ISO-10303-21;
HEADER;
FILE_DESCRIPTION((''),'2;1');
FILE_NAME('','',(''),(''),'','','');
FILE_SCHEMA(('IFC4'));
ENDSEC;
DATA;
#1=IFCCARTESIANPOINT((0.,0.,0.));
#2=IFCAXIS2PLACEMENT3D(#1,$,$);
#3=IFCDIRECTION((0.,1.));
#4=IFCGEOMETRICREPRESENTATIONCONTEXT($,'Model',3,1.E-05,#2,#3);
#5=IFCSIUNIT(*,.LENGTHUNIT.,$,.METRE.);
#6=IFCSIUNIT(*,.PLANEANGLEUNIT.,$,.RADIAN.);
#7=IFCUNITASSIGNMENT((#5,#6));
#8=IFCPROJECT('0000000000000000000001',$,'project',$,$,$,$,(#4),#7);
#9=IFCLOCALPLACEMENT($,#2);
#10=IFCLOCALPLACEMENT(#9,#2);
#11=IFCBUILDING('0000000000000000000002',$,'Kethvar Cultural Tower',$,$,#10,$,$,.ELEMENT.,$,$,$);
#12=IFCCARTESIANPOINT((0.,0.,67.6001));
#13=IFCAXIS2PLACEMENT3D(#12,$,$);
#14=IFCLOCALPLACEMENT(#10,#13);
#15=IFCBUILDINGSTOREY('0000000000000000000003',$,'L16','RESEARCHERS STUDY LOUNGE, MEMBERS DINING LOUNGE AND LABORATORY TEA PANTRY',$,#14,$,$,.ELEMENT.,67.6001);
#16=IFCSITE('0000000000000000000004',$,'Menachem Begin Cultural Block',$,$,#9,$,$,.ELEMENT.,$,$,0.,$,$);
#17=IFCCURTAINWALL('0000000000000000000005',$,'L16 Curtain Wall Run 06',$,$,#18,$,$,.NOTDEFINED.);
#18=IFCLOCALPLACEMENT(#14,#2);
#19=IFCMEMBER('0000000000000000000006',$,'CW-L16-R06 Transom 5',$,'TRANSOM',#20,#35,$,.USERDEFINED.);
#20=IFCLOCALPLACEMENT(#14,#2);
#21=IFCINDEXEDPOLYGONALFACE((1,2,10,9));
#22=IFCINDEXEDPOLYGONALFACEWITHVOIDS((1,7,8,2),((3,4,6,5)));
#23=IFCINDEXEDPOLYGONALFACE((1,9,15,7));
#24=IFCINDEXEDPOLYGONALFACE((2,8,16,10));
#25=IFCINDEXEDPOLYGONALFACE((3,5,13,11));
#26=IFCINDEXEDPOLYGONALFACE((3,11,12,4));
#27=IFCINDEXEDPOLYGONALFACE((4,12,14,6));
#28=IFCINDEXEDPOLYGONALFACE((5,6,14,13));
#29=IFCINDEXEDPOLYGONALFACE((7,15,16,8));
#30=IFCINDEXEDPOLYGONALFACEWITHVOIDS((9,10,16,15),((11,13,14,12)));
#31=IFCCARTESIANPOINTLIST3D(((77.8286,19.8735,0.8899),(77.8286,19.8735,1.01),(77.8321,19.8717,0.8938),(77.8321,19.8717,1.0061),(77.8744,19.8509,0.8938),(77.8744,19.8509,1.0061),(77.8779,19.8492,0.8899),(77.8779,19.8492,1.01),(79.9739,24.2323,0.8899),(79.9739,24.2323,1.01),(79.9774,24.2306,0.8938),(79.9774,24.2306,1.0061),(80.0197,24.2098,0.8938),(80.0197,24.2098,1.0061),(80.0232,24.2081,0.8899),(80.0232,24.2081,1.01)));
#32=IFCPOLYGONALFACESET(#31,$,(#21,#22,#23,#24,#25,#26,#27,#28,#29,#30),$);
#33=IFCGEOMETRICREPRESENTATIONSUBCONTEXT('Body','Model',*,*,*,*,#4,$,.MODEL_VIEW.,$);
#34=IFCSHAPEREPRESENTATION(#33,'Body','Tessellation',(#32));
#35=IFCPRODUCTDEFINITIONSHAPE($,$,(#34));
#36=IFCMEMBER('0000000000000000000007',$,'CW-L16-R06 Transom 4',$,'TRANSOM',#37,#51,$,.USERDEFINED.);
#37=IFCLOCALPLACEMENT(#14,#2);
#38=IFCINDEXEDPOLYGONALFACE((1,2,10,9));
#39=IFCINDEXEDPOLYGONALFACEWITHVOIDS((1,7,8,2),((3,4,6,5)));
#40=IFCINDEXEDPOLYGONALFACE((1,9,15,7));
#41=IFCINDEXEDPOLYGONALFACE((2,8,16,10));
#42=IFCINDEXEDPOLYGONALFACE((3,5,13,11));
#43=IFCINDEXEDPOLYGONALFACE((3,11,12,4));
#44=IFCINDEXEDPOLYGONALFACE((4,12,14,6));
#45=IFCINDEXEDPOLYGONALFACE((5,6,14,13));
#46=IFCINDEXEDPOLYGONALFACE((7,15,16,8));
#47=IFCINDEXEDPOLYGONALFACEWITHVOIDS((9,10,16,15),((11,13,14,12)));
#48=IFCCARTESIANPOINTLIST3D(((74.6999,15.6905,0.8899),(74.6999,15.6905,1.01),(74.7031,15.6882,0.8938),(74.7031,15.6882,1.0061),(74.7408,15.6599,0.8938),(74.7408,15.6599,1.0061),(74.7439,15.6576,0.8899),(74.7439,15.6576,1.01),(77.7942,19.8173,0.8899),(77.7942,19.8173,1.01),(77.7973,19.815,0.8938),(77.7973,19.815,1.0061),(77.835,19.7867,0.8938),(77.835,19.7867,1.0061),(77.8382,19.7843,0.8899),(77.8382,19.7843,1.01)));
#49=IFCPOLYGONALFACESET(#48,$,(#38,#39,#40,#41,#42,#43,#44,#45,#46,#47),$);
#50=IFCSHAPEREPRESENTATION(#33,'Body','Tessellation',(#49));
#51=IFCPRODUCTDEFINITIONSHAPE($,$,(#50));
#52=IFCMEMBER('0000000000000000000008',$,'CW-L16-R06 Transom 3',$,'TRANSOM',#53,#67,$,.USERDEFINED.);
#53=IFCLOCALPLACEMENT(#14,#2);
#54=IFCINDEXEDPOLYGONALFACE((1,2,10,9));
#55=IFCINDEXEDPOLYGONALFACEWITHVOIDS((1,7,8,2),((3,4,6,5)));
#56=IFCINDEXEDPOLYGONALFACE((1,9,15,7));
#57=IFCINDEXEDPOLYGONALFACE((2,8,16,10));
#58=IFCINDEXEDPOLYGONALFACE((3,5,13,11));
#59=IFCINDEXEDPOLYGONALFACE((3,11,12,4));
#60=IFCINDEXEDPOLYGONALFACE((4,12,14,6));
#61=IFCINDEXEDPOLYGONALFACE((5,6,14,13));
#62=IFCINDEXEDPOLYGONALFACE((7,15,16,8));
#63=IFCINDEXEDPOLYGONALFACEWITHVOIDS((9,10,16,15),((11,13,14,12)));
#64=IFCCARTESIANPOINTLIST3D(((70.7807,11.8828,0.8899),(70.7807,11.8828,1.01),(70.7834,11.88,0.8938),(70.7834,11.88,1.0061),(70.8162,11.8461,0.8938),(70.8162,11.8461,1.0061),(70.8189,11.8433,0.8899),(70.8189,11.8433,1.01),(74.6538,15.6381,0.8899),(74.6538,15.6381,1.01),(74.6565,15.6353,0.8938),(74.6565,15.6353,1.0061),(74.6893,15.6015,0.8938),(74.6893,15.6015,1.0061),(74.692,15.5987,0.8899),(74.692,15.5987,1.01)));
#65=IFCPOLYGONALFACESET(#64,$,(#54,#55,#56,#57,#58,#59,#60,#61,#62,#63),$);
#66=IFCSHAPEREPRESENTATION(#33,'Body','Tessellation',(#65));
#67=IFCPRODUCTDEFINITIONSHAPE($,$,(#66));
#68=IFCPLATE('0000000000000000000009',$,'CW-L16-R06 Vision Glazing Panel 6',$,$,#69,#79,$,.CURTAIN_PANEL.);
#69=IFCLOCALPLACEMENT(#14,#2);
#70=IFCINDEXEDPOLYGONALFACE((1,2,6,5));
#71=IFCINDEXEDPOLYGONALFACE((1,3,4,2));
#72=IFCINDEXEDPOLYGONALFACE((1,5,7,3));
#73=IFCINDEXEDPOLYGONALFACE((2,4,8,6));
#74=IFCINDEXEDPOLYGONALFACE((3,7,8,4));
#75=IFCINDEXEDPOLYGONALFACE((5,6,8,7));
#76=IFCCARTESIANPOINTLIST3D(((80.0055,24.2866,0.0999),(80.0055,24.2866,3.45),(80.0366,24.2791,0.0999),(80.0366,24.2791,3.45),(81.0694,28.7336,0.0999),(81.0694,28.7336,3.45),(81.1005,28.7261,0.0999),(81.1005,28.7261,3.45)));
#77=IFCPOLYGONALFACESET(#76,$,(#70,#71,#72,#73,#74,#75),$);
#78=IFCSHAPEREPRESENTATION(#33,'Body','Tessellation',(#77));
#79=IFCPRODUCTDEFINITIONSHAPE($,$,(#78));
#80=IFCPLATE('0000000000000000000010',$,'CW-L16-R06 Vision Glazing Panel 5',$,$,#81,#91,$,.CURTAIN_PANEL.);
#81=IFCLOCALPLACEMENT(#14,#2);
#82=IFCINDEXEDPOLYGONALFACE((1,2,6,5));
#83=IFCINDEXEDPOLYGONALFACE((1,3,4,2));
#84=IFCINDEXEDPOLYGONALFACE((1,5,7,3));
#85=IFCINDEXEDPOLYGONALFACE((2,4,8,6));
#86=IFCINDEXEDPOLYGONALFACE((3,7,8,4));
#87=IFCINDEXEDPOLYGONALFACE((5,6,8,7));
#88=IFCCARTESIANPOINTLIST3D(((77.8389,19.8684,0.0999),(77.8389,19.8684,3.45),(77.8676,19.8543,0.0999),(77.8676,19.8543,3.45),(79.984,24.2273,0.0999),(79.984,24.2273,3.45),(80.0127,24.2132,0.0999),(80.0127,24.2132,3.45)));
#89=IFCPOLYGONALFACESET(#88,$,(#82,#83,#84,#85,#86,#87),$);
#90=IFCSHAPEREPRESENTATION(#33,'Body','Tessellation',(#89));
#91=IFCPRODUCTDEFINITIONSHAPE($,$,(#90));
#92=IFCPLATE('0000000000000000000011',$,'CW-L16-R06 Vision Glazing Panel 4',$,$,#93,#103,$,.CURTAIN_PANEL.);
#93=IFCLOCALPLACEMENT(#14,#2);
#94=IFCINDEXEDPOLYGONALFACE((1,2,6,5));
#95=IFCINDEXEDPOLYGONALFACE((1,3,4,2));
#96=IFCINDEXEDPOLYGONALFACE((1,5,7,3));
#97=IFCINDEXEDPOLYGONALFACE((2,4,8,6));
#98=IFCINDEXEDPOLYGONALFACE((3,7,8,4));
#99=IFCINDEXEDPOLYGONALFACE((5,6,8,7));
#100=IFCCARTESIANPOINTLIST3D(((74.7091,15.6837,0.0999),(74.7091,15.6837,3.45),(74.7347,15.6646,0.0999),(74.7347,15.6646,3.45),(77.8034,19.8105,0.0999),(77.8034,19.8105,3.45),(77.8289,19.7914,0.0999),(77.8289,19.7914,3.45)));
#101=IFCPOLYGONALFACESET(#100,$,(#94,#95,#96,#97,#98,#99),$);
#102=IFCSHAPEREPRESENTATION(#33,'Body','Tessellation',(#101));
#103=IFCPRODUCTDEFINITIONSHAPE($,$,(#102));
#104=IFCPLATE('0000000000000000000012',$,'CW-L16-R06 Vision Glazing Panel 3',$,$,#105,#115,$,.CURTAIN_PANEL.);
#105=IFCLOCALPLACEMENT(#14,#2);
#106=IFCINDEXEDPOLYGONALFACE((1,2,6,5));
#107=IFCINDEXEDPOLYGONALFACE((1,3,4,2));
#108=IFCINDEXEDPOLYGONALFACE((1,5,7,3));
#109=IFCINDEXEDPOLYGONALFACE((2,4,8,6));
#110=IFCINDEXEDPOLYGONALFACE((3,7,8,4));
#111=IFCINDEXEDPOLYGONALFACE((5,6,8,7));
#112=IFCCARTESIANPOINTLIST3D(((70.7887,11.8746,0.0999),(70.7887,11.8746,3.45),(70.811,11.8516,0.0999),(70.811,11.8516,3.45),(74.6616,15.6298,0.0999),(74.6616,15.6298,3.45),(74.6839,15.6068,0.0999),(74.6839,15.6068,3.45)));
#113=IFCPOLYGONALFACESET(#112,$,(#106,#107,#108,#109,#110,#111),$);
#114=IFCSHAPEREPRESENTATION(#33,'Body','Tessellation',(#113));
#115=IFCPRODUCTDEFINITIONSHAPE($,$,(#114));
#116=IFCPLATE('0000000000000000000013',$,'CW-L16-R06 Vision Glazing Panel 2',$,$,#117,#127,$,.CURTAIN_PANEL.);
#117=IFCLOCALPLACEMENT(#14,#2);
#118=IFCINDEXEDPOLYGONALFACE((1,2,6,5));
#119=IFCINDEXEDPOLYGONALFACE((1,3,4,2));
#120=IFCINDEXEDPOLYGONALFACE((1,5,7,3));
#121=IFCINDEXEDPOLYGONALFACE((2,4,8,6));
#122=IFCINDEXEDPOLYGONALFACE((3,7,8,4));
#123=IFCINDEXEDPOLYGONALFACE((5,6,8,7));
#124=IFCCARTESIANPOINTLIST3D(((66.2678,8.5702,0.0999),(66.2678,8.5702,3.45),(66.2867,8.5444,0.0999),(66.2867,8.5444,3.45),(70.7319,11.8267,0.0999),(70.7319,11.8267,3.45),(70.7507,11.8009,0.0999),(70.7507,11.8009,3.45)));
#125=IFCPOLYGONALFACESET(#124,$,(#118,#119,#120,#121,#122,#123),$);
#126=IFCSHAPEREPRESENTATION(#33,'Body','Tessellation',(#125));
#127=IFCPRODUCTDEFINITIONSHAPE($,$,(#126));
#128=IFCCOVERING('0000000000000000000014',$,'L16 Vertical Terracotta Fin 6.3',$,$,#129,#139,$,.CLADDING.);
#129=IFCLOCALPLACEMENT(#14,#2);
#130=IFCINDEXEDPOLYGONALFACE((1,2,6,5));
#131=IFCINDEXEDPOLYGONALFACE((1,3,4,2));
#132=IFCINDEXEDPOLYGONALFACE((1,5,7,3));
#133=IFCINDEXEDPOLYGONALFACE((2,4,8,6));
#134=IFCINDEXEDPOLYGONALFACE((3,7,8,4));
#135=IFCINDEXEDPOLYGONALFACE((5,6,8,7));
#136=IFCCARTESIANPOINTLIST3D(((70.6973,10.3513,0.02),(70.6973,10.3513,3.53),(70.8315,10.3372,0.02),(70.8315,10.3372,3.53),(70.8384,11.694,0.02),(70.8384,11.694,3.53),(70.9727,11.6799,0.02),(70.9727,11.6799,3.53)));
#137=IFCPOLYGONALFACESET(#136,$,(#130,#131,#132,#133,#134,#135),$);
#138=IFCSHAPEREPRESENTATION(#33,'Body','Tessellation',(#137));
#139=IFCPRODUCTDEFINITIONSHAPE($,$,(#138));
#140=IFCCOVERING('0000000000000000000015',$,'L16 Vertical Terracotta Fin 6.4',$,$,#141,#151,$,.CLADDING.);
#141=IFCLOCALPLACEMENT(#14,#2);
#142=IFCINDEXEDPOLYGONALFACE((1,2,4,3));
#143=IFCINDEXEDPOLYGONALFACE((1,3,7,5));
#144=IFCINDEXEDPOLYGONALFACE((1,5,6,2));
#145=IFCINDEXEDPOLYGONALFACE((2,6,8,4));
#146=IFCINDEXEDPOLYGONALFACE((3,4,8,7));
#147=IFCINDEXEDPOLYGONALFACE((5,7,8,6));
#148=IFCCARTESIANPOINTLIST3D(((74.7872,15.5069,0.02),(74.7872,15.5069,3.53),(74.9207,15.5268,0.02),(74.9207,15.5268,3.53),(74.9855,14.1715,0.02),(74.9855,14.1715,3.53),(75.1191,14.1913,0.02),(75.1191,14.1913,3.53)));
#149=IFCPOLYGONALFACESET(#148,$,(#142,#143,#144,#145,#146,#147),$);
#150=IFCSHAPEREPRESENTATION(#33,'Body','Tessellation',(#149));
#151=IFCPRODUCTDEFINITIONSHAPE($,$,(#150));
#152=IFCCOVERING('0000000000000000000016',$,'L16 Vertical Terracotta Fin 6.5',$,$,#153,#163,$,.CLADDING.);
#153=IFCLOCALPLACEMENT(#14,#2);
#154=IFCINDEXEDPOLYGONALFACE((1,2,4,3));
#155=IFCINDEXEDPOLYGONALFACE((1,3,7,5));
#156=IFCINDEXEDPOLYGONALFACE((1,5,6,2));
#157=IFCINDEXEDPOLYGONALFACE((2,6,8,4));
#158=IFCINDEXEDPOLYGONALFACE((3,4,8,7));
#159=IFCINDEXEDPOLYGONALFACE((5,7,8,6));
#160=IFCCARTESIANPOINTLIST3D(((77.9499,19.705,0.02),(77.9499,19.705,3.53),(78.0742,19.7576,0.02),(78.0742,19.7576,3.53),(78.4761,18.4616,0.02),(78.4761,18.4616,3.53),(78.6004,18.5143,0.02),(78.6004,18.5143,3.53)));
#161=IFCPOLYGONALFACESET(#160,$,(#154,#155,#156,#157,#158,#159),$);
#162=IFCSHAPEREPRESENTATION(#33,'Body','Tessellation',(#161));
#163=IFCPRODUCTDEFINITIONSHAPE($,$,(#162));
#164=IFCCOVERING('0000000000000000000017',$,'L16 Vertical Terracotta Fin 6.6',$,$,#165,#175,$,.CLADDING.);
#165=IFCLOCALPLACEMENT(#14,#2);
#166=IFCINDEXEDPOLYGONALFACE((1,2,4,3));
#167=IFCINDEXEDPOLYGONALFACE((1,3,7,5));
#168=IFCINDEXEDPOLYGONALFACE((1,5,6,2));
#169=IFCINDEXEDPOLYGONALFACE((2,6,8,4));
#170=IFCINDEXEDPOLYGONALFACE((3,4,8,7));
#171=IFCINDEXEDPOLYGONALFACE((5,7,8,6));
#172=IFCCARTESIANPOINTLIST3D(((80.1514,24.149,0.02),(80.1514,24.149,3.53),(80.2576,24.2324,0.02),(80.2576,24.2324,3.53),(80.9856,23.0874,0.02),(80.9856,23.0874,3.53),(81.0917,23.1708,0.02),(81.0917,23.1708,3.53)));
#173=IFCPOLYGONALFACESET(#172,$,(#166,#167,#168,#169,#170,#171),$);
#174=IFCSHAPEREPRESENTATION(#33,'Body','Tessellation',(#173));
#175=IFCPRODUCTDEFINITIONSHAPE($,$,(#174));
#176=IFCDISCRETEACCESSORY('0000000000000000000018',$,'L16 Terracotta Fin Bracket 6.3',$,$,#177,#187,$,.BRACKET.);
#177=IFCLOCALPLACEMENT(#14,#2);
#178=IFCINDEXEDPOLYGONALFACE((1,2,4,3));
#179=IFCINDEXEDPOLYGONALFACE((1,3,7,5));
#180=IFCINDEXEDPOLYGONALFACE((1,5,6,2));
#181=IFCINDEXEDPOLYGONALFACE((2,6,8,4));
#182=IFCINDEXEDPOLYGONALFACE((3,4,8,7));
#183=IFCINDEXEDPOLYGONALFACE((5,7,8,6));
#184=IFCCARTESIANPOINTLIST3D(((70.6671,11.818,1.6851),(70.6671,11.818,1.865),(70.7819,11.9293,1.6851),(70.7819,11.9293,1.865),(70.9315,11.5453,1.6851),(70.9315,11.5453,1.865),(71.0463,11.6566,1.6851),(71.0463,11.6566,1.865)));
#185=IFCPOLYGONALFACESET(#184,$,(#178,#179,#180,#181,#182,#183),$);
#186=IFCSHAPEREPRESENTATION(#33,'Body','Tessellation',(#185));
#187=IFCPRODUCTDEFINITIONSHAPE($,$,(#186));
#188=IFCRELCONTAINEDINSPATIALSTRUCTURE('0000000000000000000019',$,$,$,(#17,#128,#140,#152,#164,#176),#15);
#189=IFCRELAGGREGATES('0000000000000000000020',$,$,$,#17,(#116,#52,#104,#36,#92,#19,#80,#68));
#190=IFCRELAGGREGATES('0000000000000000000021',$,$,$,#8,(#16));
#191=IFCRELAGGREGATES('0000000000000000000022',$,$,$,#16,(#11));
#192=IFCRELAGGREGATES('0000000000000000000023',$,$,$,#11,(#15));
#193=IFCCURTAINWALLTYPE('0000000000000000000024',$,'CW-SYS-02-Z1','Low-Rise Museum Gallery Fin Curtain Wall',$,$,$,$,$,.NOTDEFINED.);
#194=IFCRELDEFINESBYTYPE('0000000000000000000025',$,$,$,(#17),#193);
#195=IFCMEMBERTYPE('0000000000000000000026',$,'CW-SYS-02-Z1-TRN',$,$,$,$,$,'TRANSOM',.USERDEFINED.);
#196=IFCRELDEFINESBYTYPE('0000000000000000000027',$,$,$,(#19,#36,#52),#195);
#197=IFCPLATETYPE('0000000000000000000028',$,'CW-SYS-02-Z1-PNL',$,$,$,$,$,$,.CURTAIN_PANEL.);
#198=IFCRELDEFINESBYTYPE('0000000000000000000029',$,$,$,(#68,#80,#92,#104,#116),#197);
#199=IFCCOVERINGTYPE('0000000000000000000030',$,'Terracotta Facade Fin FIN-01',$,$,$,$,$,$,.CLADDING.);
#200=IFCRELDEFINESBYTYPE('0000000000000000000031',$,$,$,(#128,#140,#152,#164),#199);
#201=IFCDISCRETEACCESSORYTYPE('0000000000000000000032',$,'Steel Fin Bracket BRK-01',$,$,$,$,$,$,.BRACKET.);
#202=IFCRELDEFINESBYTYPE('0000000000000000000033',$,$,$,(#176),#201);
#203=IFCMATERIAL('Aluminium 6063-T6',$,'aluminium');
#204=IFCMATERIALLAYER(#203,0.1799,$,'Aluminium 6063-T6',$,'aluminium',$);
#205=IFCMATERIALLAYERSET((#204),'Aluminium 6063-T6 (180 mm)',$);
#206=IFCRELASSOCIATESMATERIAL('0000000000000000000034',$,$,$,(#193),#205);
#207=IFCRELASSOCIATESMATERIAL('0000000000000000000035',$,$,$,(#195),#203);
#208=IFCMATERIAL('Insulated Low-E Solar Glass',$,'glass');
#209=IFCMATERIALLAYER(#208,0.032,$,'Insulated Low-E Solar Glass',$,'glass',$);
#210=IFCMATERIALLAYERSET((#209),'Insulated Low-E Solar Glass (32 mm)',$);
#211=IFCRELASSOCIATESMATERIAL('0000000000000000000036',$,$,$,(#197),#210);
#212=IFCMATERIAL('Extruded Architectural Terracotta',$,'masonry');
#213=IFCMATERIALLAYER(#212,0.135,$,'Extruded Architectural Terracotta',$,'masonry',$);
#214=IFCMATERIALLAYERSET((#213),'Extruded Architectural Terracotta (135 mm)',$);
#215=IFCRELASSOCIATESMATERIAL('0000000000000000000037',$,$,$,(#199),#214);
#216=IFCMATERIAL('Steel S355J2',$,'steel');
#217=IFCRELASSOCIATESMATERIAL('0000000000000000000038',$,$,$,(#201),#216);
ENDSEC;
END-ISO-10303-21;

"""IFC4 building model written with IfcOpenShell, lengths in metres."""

from ifc_helpers import new_model, si_unit, direction, frame, origin, origin_2d, place, context, subcontext, project, spatial, rectangle, hollow_rectangle, extrude, source, transform, mapped, material, layer, layer_set, material_profile, profile_set, type_object, element, aggregate, save


model = new_model("IFC4")

# Units and contexts
model_context = context("Model", 3, precision=1e-05, world=origin(), true_north=direction((0.0, 1.0)))
body_context = subcontext(model_context, "Body", "Model", "MODEL_VIEW")
ifc_project = project(units=[si_unit("LENGTHUNIT", "METRE"), si_unit("PLANEANGLEUNIT", "RADIAN")], contexts=[model_context])

# Site, building, storey
site_placement = place(None, origin())
site = spatial("IfcSite", under=ifc_project, at=site_placement, Name="Menachem Begin Cultural Block", CompositionType="ELEMENT", RefElevation=0.0)
building_placement = place(site_placement, origin())
building = spatial("IfcBuilding", under=site, at=building_placement, Name="Kethvar Cultural Tower", CompositionType="ELEMENT")
storey_placement = place(building_placement, frame((0.0, 0.0, 67.6001)))
storey = spatial("IfcBuildingStorey", under=building, at=storey_placement, Name="L16", Description="RESEARCHERS STUDY LOUNGE, MEMBERS DINING LOUNGE AND LABORATORY TEA PANTRY", CompositionType="ELEMENT", Elevation=67.6001)

# Shared definitions
ifc_material_1 = material(Name="Steel S355J2", Category="steel")

# Curtain wall, members, plates
ifc_material_2 = material(Name="Aluminium 6063-T6", Category="aluminium")
ifc_layer_1 = layer(ifc_material_2, 0.1799, Name="Aluminium 6063-T6", Category="aluminium")
ifc_layer_set_1 = layer_set([ifc_layer_1], Name="Aluminium 6063-T6 (180 mm)")
curtain_wall_type = type_object("IfcCurtainWallType", Name="CW-SYS-02-Z1", Description="Low-Rise Museum Gallery Fin Curtain Wall", PredefinedType="NOTDEFINED", material=ifc_layer_set_1)
curtain_wall_placement = place(storey_placement, origin())
curtain_wall = element("IfcCurtainWall", 1, at=curtain_wall_placement, inside=storey, type_object=curtain_wall_type, Name="L16 Curtain Wall Run 06", PredefinedType="NOTDEFINED")
ifc_material_profile_1 = material_profile(ifc_material_2, hollow_rectangle(XDim=0.0549, YDim=0.1201, WallThickness=0.0039, at=origin_2d()), Name="Aluminium 6063-T6 — RHS120x55x4")
ifc_profile_set_1 = profile_set([ifc_material_profile_1], Name="Aluminium 6063-T6 — RHS120x55x4")
member_type_1 = type_object("IfcMemberType", Name="CW-SYS-02-Z1-TRN", ElementType="TRANSOM", PredefinedType="USERDEFINED", material=ifc_profile_set_1)
shared_shape_1 = source(origin(), body_context, "Body", "SweptSolid", [
    extrude(hollow_rectangle(XDim=0.0549, YDim=0.1201, WallThickness=0.0039, at=origin_2d()), origin(), (0.0, 0.0, 1.0), 4.8582),
])
member_1_placement = place(storey_placement, frame((77.8533, 19.8613, 0.95), z_axis=(0.441576, 0.897224, 0.0), x_axis=(-0.897224, 0.441576, 0.0)))
member_1 = element("IfcMember", 2, at=member_1_placement, type_object=member_type_1, Name="CW-L16-R06 Transom 5", ObjectType="TRANSOM", PredefinedType="USERDEFINED", context=body_context, shape_type="MappedRepresentation", body=[
    mapped(shared_shape_1, transform((0.0, 0.0, 0.0), scale=1.0)),
])
shared_shape_2 = source(origin(), body_context, "Body", "SweptSolid", [
    extrude(hollow_rectangle(XDim=0.0549, YDim=0.1201, WallThickness=0.0039, at=origin_2d()), origin(), (0.0, 0.0, 1.0), 5.158),
])
member_2_placement = place(storey_placement, frame((74.7219, 15.6741, 0.95), z_axis=(0.599902, 0.800074, 0.0), x_axis=(-0.800074, 0.599902, 0.0)))
member_2 = element("IfcMember", 3, at=member_2_placement, type_object=member_type_1, Name="CW-L16-R06 Transom 4", ObjectType="TRANSOM", PredefinedType="USERDEFINED", context=body_context, shape_type="MappedRepresentation", body=[
    mapped(shared_shape_2, transform((0.0, 0.0, 0.0), scale=1.0)),
])
shared_shape_3 = source(origin(), body_context, "Body", "SweptSolid", [
    extrude(hollow_rectangle(XDim=0.0549, YDim=0.1201, WallThickness=0.0039, at=origin_2d()), origin(), (0.0, 0.0, 1.0), 5.3948),
])
member_3_placement = place(storey_placement, frame((70.7998, 11.863, 0.95), z_axis=(0.717929, 0.696116, 0.0), x_axis=(-0.696116, 0.717929, 0.0)))
member_3 = element("IfcMember", 4, at=member_3_placement, type_object=member_type_1, Name="CW-L16-R06 Transom 3", ObjectType="TRANSOM", PredefinedType="USERDEFINED", context=body_context, shape_type="MappedRepresentation", body=[
    mapped(shared_shape_3, transform((0.0, 0.0, 0.0), scale=1.0)),
])
ifc_material_3 = material(Name="Insulated Low-E Solar Glass", Category="glass")
ifc_layer_2 = layer(ifc_material_3, 0.032, Name="Insulated Low-E Solar Glass", Category="glass")
ifc_layer_set_2 = layer_set([ifc_layer_2], Name="Insulated Low-E Solar Glass (32 mm)")
plate_type = type_object("IfcPlateType", Name="CW-SYS-02-Z1-PNL", PredefinedType="CURTAIN_PANEL", material=ifc_layer_set_2)
shared_shape_4 = source(origin(), body_context, "Body", "SweptSolid", [
    extrude(rectangle(XDim=4.5725, YDim=0.032, at=origin_2d()), origin(), (0.0, 0.0, 1.0), 3.3501),
])
plate_1_placement = place(storey_placement, frame((80.553, 26.5063, 0.0999), z_axis=(0.0, 0.0, 1.0), x_axis=(0.232682, 0.972553, 0.0)))
plate_1 = element("IfcPlate", 5, at=plate_1_placement, type_object=plate_type, Name="CW-L16-R06 Vision Glazing Panel 6", PredefinedType="CURTAIN_PANEL", context=body_context, shape_type="MappedRepresentation", body=[
    mapped(shared_shape_4, transform((0.0, 0.0, 0.0), scale=1.0)),
])
shared_shape_5 = source(origin(), body_context, "Body", "SweptSolid", [
    extrude(rectangle(XDim=4.8582, YDim=0.032, at=origin_2d()), origin(), (0.0, 0.0, 1.0), 3.3501),
])
plate_2_placement = place(storey_placement, frame((78.9258, 22.0408, 0.0999), z_axis=(0.0, 0.0, 1.0), x_axis=(0.441553, 0.897235, 0.0)))
plate_2 = element("IfcPlate", 6, at=plate_2_placement, type_object=plate_type, Name="CW-L16-R06 Vision Glazing Panel 5", PredefinedType="CURTAIN_PANEL", context=body_context, shape_type="MappedRepresentation", body=[
    mapped(shared_shape_5, transform((0.0, 0.0, 0.0), scale=1.0)),
])
shared_shape_6 = source(origin(), body_context, "Body", "SweptSolid", [
    extrude(rectangle(XDim=5.158, YDim=0.032, at=origin_2d()), origin(), (0.0, 0.0, 1.0), 3.3501),
])
plate_3_placement = place(storey_placement, frame((76.269, 17.7375, 0.0999), z_axis=(0.0, 0.0, 1.0), x_axis=(0.59989, 0.800083, 0.0)))
plate_3 = element("IfcPlate", 7, at=plate_3_placement, type_object=plate_type, Name="CW-L16-R06 Vision Glazing Panel 4", PredefinedType="CURTAIN_PANEL", context=body_context, shape_type="MappedRepresentation", body=[
    mapped(shared_shape_6, transform((0.0, 0.0, 0.0), scale=1.0)),
])
shared_shape_7 = source(origin(), body_context, "Body", "SweptSolid", [
    extrude(rectangle(XDim=5.3945, YDim=0.032, at=origin_2d()), origin(), (0.0, 0.0, 1.0), 3.3501),
])
plate_4_placement = place(storey_placement, frame((72.7363, 13.7407, 0.0999), z_axis=(0.0, 0.0, 1.0), x_axis=(0.717932, 0.696113, 0.0)))
plate_4 = element("IfcPlate", 8, at=plate_4_placement, type_object=plate_type, Name="CW-L16-R06 Vision Glazing Panel 3", PredefinedType="CURTAIN_PANEL", context=body_context, shape_type="MappedRepresentation", body=[
    mapped(shared_shape_7, transform((0.0, 0.0, 0.0), scale=1.0)),
])
shared_shape_8 = source(origin(), body_context, "Body", "SweptSolid", [
    extrude(rectangle(XDim=5.5256, YDim=0.032, at=origin_2d()), origin(), (0.0, 0.0, 1.0), 3.3501),
])
plate_5_placement = place(storey_placement, frame((68.5093, 10.1855, 0.0999), z_axis=(0.0, 0.0, 1.0), x_axis=(0.807877, 0.589351, 0.0)))
plate_5 = element("IfcPlate", 9, at=plate_5_placement, type_object=plate_type, Name="CW-L16-R06 Vision Glazing Panel 2", PredefinedType="CURTAIN_PANEL", context=body_context, shape_type="MappedRepresentation", body=[
    mapped(shared_shape_8, transform((0.0, 0.0, 0.0), scale=1.0)),
])
aggregate(curtain_wall, [plate_5, member_3, plate_4, member_2, plate_3, member_1, plate_2, plate_1])

# Coverings
ifc_material_4 = material(Name="Extruded Architectural Terracotta", Category="masonry")
ifc_layer_3 = layer(ifc_material_4, 0.135, Name="Extruded Architectural Terracotta", Category="masonry")
ifc_layer_set_3 = layer_set([ifc_layer_3], Name="Extruded Architectural Terracotta (135 mm)")
covering_type = type_object("IfcCoveringType", Name="Terracotta Facade Fin FIN-01", PredefinedType="CLADDING", material=ifc_layer_set_3)
shared_shape_9 = source(origin(), body_context, "Body", "SweptSolid", [
    extrude(rectangle(XDim=1.3501, YDim=0.135, at=origin_2d()), origin(), (0.0, 0.0, 1.0), 3.51),
])
for number, where, z_axis, x_axis, name in (
    (10, (70.835, 11.0156, 0.02), (0.0, 0.0, 1.0), (-0.104528, -0.994522, 0.0), "L16 Vertical Terracotta Fin 6.3"),
    (11, (74.9531, 14.8491, 0.02), (0.0, 0.0, 1.0), (0.146946, -0.989144, 0.0), "L16 Vertical Terracotta Fin 6.4"),
    (12, (78.2751, 19.1096, 0.02), (0.0, 0.0, 1.0), (0.389767, -0.920914, 0.0), "L16 Vertical Terracotta Fin 6.5"),
    (13, (80.6216, 23.6599, 0.02), (0.0, 0.0, 1.0), (0.61786, -0.786288, 0.0), "L16 Vertical Terracotta Fin 6.6"),
):
    element("IfcCovering", number, at=place(storey_placement, frame(where, z_axis=z_axis, x_axis=x_axis)), inside=storey, type_object=covering_type, Name=name, PredefinedType="CLADDING", context=body_context, shape_type="MappedRepresentation", body=[
        mapped(shared_shape_9, transform((0.0, 0.0, 0.0), scale=1.0)),
    ])

# Discrete accessory
discrete_accessory_type = type_object("IfcDiscreteAccessoryType", Name="Steel Fin Bracket BRK-01", PredefinedType="BRACKET", material=ifc_material_1)
shared_shape_10 = source(origin(), body_context, "Body", "SweptSolid", [
    extrude(rectangle(XDim=0.3799, YDim=0.1599, at=origin_2d()), origin(), (0.0, 0.0, 1.0), 0.1799),
])
for number, where, z_axis, x_axis, name in (
    (14, (70.8567, 11.7373, 1.6851), (0.0, 0.0, 1.0), (0.696163, -0.717883, 0.0), "L16 Terracotta Fin Bracket 6.3"),
):
    element("IfcDiscreteAccessory", number, at=place(storey_placement, frame(where, z_axis=z_axis, x_axis=x_axis)), inside=storey, type_object=discrete_accessory_type, Name=name, PredefinedType="BRACKET", context=body_context, shape_type="MappedRepresentation", body=[
        mapped(shared_shape_10, transform((0.0, 0.0, 0.0), scale=1.0)),
    ])

save(model, "model.ifc")
